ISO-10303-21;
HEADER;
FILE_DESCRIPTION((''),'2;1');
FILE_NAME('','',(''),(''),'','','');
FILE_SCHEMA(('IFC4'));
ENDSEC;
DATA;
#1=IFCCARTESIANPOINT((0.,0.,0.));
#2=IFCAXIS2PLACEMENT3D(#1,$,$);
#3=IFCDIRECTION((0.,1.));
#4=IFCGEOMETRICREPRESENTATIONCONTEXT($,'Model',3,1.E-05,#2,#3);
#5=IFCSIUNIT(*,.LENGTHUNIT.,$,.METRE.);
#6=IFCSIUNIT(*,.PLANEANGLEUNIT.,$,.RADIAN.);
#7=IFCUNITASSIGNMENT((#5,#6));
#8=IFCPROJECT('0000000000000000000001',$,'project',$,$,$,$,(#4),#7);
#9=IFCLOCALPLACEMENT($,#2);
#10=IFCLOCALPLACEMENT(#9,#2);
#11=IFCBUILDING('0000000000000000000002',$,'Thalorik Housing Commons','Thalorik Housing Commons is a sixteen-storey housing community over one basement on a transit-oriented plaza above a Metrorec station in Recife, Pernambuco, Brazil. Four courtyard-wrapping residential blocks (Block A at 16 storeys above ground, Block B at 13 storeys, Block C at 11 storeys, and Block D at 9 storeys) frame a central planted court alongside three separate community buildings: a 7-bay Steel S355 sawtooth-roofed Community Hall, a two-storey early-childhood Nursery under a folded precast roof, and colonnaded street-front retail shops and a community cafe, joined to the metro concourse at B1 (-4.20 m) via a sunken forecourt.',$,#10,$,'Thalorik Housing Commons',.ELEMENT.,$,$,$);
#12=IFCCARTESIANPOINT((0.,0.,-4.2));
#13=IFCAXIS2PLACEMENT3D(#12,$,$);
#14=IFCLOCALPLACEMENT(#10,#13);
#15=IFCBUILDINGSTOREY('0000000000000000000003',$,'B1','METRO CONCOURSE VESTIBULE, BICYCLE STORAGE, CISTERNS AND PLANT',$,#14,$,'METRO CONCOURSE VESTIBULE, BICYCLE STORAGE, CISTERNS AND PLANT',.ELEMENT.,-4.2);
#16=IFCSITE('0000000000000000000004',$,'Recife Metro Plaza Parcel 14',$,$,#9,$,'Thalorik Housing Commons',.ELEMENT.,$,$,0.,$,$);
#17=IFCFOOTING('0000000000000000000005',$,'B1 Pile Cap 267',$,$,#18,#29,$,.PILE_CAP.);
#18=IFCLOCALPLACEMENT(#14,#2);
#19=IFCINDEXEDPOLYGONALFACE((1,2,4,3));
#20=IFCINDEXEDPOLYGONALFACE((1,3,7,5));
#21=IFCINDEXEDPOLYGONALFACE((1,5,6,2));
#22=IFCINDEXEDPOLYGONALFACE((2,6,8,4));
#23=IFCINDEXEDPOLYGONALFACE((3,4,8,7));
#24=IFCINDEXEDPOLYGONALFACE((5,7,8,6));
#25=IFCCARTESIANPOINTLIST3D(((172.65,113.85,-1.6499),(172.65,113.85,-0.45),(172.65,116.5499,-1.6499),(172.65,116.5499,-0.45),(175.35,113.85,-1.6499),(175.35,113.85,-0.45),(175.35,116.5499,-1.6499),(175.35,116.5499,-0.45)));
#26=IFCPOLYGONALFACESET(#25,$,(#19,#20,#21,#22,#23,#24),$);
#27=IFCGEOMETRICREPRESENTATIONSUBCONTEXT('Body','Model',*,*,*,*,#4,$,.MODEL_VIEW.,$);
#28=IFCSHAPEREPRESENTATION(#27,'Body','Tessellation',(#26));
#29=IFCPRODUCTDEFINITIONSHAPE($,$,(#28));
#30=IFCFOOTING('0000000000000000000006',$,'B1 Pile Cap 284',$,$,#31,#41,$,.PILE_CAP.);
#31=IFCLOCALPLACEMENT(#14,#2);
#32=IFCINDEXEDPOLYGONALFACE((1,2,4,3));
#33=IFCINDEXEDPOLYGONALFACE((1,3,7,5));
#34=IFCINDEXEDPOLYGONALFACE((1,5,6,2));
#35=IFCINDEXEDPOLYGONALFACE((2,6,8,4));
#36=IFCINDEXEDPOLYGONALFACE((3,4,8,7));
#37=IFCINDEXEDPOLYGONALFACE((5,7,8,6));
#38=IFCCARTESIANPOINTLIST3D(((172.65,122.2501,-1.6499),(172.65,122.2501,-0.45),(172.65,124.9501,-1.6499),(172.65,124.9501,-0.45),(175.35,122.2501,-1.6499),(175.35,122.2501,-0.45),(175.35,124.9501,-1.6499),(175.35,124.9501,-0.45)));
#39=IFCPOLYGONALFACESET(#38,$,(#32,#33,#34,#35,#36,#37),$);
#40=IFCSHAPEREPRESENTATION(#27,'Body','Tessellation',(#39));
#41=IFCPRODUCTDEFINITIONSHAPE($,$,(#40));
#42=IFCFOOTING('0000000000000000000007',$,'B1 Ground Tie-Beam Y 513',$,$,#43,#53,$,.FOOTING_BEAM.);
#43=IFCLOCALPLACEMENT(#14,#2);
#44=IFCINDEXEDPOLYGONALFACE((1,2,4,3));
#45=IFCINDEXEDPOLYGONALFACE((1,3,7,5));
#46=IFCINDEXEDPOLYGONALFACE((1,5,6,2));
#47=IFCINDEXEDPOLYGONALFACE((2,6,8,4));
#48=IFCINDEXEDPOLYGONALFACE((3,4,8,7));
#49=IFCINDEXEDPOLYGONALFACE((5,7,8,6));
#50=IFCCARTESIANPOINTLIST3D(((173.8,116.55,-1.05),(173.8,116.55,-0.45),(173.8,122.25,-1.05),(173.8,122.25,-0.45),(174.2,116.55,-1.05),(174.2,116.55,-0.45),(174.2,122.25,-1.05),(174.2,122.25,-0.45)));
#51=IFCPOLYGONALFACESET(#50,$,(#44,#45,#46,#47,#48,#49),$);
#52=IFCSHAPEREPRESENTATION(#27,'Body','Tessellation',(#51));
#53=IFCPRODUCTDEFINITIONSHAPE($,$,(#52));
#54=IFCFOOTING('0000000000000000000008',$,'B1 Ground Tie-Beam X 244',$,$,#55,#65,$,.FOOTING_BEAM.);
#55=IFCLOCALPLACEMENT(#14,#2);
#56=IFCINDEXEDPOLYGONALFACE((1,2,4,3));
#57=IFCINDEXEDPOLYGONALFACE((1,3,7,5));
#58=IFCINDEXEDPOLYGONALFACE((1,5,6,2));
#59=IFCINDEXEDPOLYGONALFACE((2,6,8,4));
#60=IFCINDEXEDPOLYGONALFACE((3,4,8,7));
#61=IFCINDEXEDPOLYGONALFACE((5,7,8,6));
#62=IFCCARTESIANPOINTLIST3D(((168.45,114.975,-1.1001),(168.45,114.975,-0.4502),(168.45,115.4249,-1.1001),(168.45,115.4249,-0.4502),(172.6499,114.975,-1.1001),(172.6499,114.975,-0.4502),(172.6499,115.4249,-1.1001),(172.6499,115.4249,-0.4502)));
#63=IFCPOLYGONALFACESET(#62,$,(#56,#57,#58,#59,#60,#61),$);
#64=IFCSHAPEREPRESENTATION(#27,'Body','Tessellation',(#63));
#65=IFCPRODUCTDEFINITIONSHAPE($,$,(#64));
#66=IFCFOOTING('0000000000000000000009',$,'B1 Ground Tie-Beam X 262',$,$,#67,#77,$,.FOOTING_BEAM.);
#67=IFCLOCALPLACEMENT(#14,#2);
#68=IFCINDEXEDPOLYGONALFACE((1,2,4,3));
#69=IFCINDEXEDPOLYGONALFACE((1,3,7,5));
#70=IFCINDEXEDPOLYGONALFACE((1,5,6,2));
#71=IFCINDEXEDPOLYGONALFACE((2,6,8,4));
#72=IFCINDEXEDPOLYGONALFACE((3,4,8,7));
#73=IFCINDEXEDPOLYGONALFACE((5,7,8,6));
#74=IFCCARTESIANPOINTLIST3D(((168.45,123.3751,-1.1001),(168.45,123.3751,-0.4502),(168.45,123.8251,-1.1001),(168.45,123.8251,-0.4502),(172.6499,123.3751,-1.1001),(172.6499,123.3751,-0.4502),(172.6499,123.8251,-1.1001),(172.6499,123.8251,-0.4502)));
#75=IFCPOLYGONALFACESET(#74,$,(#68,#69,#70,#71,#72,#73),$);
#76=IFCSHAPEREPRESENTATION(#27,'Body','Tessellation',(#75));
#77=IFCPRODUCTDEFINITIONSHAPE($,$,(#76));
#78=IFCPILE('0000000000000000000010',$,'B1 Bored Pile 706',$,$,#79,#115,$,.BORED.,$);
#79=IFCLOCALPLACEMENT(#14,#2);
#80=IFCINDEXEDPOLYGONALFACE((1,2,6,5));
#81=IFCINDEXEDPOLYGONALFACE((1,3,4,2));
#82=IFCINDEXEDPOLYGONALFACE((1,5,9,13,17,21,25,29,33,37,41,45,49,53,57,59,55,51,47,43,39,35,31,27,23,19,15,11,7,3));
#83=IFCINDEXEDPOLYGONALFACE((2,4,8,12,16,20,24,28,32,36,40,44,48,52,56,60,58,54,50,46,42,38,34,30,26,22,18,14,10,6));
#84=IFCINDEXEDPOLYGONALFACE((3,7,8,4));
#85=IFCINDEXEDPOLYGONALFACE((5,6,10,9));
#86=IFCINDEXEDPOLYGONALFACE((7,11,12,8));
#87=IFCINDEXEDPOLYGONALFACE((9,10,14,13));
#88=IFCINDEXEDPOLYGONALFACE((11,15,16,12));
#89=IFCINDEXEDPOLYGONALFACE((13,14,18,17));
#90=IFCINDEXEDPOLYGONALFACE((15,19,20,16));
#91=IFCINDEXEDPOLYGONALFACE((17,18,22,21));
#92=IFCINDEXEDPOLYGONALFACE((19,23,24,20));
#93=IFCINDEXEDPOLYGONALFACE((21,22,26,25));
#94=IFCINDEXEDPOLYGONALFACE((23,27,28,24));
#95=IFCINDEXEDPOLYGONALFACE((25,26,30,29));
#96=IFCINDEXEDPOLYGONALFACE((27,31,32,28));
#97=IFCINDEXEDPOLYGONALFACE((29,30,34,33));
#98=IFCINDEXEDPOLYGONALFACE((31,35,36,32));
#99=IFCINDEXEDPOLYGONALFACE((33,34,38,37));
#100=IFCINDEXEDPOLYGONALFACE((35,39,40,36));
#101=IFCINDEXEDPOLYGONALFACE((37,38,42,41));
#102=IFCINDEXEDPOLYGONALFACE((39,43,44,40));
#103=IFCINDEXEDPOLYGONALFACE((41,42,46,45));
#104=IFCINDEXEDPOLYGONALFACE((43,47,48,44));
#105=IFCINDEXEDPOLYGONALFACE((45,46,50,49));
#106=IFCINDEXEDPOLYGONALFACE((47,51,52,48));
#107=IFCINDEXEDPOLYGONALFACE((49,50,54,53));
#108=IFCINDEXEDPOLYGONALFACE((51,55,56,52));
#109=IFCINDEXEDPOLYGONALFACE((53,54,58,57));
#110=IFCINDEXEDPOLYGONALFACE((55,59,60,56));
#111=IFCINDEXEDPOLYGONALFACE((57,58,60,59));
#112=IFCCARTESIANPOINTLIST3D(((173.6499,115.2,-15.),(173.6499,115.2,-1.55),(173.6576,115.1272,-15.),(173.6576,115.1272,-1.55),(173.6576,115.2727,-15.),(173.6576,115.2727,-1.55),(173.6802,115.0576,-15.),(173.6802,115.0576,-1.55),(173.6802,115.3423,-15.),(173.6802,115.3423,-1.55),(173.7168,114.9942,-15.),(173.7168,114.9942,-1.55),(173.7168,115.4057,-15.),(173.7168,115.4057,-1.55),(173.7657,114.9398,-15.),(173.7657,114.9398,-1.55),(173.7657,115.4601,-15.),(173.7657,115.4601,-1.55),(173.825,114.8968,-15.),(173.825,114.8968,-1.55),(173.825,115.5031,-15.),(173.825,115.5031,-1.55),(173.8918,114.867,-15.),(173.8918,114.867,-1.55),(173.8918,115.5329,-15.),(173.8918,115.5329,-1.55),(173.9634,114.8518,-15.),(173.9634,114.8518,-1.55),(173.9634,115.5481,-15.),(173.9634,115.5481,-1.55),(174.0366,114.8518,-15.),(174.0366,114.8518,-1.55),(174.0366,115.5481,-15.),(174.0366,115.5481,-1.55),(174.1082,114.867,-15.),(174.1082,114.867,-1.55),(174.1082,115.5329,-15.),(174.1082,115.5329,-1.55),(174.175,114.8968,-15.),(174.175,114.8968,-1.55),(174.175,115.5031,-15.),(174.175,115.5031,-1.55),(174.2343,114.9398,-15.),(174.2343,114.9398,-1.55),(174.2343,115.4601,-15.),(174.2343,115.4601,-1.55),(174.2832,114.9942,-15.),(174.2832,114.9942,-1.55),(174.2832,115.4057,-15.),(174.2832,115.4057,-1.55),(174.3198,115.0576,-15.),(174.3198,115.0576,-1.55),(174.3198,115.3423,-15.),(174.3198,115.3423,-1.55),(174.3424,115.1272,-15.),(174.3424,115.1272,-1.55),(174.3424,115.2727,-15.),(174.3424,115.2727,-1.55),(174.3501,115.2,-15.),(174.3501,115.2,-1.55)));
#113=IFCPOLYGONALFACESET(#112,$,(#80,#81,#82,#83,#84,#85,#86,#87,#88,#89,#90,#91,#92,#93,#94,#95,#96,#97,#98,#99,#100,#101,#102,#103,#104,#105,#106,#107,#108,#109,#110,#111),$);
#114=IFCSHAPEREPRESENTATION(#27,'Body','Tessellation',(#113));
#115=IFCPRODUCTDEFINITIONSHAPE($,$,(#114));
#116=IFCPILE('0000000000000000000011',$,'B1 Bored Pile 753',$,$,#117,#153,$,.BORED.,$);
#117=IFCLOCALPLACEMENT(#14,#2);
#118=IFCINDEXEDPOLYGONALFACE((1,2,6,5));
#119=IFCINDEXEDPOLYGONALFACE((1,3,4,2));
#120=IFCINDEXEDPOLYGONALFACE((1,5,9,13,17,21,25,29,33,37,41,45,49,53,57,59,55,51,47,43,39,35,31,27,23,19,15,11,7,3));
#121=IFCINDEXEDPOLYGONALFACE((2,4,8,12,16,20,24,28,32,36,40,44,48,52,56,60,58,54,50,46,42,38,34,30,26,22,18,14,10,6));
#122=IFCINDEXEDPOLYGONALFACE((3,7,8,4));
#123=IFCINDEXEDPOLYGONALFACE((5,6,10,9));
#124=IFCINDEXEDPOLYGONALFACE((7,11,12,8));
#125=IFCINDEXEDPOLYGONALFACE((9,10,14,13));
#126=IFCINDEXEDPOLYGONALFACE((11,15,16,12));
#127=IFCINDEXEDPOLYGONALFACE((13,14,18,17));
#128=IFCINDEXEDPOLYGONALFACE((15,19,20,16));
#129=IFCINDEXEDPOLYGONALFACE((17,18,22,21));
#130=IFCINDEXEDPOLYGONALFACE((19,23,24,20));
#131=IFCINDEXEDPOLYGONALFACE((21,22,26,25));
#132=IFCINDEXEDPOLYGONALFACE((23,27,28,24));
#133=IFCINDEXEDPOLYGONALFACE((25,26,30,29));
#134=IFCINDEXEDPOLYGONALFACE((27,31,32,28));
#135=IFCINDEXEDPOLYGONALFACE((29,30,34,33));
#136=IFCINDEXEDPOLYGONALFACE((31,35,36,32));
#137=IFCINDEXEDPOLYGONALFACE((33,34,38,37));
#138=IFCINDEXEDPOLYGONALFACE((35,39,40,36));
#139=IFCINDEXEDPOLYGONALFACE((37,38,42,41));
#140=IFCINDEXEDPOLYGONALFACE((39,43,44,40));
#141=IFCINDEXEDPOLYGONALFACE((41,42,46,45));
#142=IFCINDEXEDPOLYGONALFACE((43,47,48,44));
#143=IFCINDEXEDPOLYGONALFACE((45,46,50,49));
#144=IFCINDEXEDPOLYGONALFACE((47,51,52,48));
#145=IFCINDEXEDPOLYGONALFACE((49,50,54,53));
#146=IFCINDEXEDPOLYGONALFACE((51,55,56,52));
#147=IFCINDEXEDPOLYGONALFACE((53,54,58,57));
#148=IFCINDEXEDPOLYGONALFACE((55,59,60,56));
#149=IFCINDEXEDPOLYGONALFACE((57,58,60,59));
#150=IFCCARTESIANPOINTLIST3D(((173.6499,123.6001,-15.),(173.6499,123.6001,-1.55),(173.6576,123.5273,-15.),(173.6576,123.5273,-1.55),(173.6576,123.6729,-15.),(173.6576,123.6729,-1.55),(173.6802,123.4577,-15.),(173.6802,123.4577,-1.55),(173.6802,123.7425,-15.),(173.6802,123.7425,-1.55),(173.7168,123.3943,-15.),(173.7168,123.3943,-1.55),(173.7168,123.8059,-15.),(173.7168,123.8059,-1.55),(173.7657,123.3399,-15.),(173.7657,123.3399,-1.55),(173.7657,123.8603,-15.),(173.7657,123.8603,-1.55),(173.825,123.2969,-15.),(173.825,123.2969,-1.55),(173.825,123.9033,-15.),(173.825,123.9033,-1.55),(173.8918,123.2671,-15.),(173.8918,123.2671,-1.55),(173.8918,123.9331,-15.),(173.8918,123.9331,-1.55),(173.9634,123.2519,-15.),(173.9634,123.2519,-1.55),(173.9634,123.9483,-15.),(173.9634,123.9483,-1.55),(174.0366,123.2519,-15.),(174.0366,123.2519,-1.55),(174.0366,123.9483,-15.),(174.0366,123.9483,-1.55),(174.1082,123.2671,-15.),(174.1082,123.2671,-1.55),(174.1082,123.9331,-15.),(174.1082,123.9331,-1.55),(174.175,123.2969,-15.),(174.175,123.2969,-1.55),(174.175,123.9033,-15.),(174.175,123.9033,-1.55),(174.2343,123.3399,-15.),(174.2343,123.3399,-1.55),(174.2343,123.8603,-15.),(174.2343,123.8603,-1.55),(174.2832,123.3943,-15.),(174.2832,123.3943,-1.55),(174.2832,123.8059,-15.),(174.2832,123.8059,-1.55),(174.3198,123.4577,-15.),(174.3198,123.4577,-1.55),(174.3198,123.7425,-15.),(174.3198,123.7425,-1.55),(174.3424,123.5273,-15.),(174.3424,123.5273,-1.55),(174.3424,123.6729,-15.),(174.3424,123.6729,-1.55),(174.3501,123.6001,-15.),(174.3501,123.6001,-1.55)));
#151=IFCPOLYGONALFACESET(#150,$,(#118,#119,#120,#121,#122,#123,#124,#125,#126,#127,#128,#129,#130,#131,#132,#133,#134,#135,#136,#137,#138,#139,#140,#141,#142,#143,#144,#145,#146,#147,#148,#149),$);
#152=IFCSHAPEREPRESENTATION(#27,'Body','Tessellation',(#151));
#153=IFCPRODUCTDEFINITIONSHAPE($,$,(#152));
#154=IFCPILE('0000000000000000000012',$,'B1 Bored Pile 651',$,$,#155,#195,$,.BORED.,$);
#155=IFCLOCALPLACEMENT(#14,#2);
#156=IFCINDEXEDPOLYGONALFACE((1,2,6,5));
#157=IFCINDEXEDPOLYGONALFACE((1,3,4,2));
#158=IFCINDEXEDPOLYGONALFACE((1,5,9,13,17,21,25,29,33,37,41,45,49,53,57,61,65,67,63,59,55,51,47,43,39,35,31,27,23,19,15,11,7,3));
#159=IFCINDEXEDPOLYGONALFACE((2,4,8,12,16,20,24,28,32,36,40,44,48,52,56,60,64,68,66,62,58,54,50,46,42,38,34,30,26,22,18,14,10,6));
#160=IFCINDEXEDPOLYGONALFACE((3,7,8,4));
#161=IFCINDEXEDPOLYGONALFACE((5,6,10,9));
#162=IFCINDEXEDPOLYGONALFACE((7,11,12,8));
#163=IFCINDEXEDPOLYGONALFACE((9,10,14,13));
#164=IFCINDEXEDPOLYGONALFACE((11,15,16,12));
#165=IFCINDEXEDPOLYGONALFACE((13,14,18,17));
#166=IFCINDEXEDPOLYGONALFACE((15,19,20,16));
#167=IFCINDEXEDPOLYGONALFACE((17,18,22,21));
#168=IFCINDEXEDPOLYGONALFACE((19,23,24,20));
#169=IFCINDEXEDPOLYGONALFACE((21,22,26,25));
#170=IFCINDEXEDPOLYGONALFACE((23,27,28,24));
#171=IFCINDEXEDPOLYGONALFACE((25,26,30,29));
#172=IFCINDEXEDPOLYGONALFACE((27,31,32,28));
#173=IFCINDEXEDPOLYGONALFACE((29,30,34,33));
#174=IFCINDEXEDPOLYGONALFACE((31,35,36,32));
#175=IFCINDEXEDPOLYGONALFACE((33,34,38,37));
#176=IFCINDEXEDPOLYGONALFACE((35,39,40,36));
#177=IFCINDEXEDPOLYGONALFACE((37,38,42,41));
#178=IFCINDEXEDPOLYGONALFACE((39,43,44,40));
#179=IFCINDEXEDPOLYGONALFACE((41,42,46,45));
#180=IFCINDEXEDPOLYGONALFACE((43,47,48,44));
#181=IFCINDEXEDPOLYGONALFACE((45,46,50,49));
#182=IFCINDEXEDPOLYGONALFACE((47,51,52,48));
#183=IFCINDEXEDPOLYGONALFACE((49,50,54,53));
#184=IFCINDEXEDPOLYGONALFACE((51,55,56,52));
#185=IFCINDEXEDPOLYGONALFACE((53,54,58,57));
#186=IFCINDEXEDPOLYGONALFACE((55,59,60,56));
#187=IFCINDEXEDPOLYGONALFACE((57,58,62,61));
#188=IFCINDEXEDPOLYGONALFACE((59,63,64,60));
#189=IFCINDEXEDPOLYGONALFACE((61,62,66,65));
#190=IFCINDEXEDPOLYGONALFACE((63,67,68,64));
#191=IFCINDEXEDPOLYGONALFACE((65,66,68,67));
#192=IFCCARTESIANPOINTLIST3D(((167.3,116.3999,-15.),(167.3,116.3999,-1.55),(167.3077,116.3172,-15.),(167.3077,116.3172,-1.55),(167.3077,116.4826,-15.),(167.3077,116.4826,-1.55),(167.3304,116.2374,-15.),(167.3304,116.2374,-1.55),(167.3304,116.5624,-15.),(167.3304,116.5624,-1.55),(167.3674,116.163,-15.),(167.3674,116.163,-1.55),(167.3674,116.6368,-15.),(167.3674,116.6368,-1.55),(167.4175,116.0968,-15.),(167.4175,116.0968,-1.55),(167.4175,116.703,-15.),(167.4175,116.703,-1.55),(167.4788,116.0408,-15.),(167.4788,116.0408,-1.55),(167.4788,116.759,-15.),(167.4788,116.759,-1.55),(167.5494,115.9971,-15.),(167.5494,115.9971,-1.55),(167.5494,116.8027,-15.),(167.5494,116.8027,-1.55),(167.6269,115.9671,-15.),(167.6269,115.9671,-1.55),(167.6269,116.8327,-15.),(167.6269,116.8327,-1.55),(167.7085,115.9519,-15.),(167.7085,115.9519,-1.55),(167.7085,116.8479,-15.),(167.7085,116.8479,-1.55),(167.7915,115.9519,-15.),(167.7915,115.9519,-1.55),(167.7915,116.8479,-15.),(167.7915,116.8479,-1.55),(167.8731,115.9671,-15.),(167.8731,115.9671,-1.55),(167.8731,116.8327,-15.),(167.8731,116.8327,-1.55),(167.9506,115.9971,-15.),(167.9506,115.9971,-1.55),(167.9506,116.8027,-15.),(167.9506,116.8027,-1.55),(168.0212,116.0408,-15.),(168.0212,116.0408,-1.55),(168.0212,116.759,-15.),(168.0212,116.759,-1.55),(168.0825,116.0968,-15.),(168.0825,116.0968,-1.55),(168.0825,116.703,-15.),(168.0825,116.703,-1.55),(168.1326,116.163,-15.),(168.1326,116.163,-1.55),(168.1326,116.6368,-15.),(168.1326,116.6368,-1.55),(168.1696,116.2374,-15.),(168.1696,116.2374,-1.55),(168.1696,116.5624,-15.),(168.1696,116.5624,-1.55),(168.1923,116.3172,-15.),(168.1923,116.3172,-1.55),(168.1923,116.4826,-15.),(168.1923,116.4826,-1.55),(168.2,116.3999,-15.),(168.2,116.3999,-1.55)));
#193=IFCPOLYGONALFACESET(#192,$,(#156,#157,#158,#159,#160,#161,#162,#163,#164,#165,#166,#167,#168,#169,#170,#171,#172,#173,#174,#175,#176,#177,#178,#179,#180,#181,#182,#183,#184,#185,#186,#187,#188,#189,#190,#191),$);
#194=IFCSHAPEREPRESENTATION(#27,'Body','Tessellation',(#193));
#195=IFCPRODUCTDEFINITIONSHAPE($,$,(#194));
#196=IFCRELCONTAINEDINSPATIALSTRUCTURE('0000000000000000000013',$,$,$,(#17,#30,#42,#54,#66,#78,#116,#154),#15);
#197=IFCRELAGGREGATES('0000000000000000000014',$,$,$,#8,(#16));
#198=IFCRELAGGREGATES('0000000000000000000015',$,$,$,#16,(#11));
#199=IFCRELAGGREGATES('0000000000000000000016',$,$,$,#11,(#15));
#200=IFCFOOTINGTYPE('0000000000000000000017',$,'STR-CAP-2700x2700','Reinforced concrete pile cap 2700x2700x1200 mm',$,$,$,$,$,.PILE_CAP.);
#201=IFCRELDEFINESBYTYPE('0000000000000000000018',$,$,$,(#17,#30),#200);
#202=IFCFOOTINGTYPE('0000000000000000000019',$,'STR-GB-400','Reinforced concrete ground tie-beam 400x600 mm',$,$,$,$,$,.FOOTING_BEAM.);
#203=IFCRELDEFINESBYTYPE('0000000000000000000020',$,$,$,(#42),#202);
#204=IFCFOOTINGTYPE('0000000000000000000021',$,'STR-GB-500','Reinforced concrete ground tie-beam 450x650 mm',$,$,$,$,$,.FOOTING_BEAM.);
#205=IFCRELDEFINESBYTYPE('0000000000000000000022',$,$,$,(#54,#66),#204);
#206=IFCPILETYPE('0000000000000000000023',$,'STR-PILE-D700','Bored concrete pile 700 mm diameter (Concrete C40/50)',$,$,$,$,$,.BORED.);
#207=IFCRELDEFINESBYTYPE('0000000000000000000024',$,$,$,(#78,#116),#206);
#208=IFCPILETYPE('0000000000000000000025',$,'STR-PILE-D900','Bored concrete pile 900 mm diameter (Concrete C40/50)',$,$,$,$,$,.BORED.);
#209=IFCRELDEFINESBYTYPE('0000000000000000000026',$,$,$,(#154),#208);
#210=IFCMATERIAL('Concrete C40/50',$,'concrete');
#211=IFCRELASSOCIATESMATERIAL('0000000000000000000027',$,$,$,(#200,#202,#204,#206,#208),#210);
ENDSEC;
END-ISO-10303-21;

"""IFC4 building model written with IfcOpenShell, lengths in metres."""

from ifc_helpers import new_model, si_unit, direction, frame, origin, origin_2d, place, context, subcontext, project, spatial, rectangle, circle, extrude, material, material_profile, profile_set, type_object, element, save


model = new_model("IFC4")

# Units and contexts
model_context = context("Model", 3, precision=1e-05, world=origin(), true_north=direction((0.0, 1.0)))
body_context = subcontext(model_context, "Body", "Model", "MODEL_VIEW")
ifc_project = project(units=[si_unit("LENGTHUNIT", "METRE"), si_unit("PLANEANGLEUNIT", "RADIAN")], contexts=[model_context])

# Site, building, storey
site_placement = place(None, origin())
site = spatial("IfcSite", under=ifc_project, at=site_placement, Name="Recife Metro Plaza Parcel 14", LongName="Thalorik Housing Commons", CompositionType="ELEMENT", RefElevation=0.0)
building_placement = place(site_placement, origin())
building = spatial("IfcBuilding", under=site, at=building_placement, Name="Thalorik Housing Commons", Description="Thalorik Housing Commons is a sixteen-storey housing community over one basement on a transit-oriented plaza above a Metrorec station in Recife, Pernambuco, Brazil. Four courtyard-wrapping residential blocks (Block A at 16 storeys above ground, Block B at 13 storeys, Block C at 11 storeys, and Block D at 9 storeys) frame a central planted court alongside three separate community buildings: a 7-bay Steel S355 sawtooth-roofed Community Hall, a two-storey early-childhood Nursery under a folded precast roof, and colonnaded street-front retail shops and a community cafe, joined to the metro concourse at B1 (-4.20 m) via a sunken forecourt.", LongName="Thalorik Housing Commons", CompositionType="ELEMENT")
storey_placement = place(building_placement, frame((0.0, 0.0, -4.2)))
storey = spatial("IfcBuildingStorey", under=building, at=storey_placement, Name="B1", Description="METRO CONCOURSE VESTIBULE, BICYCLE STORAGE, CISTERNS AND PLANT", LongName="METRO CONCOURSE VESTIBULE, BICYCLE STORAGE, CISTERNS AND PLANT", CompositionType="ELEMENT", Elevation=-4.2)

# Footings
ifc_material_1 = material(Name="Concrete C40/50", Category="concrete")
footing_type_1 = type_object("IfcFootingType", Name="STR-CAP-2700x2700", Description="Reinforced concrete pile cap 2700x2700x1200 mm", PredefinedType="PILE_CAP", material=ifc_material_1)
for number, where, z_axis, x_axis, name in (
    (1, (174.0, 115.2, -1.6499), (0.0, 0.0, 1.0), (1.0, 0.0, 0.0), "B1 Pile Cap 267"),
    (2, (174.0, 123.6001, -1.6499), (0.0, 0.0, 1.0), (1.0, 0.0, 0.0), "B1 Pile Cap 284"),
):
    element("IfcFooting", number, at=place(storey_placement, frame(where, z_axis=z_axis, x_axis=x_axis)), inside=storey, type_object=footing_type_1, Name=name, PredefinedType="PILE_CAP", context=body_context, shape_type="SweptSolid", body=[
        extrude(rectangle(XDim=2.7, YDim=2.7, at=origin_2d()), origin(), (0.0, 0.0, 1.0), 1.2),
    ])
ifc_material_profile_1 = material_profile(ifc_material_1, rectangle(XDim=0.3999, YDim=0.6001, at=origin_2d()), Name="RC 400x600", Category="concrete")
ifc_profile_set_1 = profile_set([ifc_material_profile_1], Name="Concrete C40/50")
footing_type_2 = type_object("IfcFootingType", Name="STR-GB-400", Description="Reinforced concrete ground tie-beam 400x600 mm", PredefinedType="FOOTING_BEAM", material=ifc_profile_set_1)
footing_placement = place(storey_placement, frame((174.0, 116.55, -0.75), z_axis=(0.0, 1.0, 0.0), x_axis=(-1.0, 0.0, 0.0)))
element("IfcFooting", 3, at=footing_placement, inside=storey, type_object=footing_type_2, Name="B1 Ground Tie-Beam Y 513", PredefinedType="FOOTING_BEAM", context=body_context, shape_type="SweptSolid", body=[
    extrude(rectangle(XDim=0.3999, YDim=0.6001, at=origin_2d()), origin(), (0.0, 0.0, 1.0), 5.7),
])
ifc_material_profile_2 = material_profile(ifc_material_1, rectangle(XDim=0.45, YDim=0.6499, at=origin_2d()), Name="RC 450x650", Category="concrete")
ifc_profile_set_2 = profile_set([ifc_material_profile_2], Name="Concrete C40/50")
footing_type_3 = type_object("IfcFootingType", Name="STR-GB-500", Description="Reinforced concrete ground tie-beam 450x650 mm", PredefinedType="FOOTING_BEAM", material=ifc_profile_set_2)
for number, where, z_axis, x_axis, name in (
    (4, (168.45, 115.2, -0.7751), (1.0, 0.0, 0.0), (0.0, 1.0, 0.0), "B1 Ground Tie-Beam X 244"),
    (5, (168.45, 123.6001, -0.7751), (1.0, 0.0, 0.0), (0.0, 1.0, 0.0), "B1 Ground Tie-Beam X 262"),
):
    element("IfcFooting", number, at=place(storey_placement, frame(where, z_axis=z_axis, x_axis=x_axis)), inside=storey, type_object=footing_type_3, Name=name, PredefinedType="FOOTING_BEAM", context=body_context, shape_type="SweptSolid", body=[
        extrude(rectangle(XDim=0.45, YDim=0.6499, at=origin_2d()), origin(), (0.0, 0.0, 1.0), 4.2),
    ])

# Piles
ifc_material_profile_3 = material_profile(ifc_material_1, circle(Radius=0.3501, at=origin_2d()), Name="BORED PILE D700", Category="concrete")
ifc_profile_set_3 = profile_set([ifc_material_profile_3], Name="Concrete C40/50")
pile_type_1 = type_object("IfcPileType", Name="STR-PILE-D700", Description="Bored concrete pile 700 mm diameter (Concrete C40/50)", PredefinedType="BORED", material=ifc_profile_set_3)
for number, where, z_axis, x_axis, name in (
    (6, (174.0, 115.2, -1.55), (0.0, 0.0, -1.0), (1.0, 0.0, 0.0), "B1 Bored Pile 706"),
    (7, (174.0, 123.6001, -1.55), (0.0, 0.0, -1.0), (1.0, 0.0, 0.0), "B1 Bored Pile 753"),
):
    element("IfcPile", number, at=place(storey_placement, frame(where, z_axis=z_axis, x_axis=x_axis)), inside=storey, type_object=pile_type_1, Name=name, PredefinedType="BORED", context=body_context, shape_type="SweptSolid", body=[
        extrude(circle(Radius=0.3501, at=origin_2d()), origin(), (0.0, 0.0, 1.0), 13.45),
    ])
ifc_material_profile_4 = material_profile(ifc_material_1, circle(Radius=0.45, at=origin_2d()), Name="BORED PILE D900", Category="concrete")
ifc_profile_set_4 = profile_set([ifc_material_profile_4], Name="Concrete C40/50")
pile_type_2 = type_object("IfcPileType", Name="STR-PILE-D900", Description="Bored concrete pile 900 mm diameter (Concrete C40/50)", PredefinedType="BORED", material=ifc_profile_set_4)
for number, where, z_axis, x_axis, name in (
    (8, (167.75, 116.3999, -1.55), (0.0, 0.0, -1.0), (1.0, 0.0, 0.0), "B1 Bored Pile 651"),
):
    element("IfcPile", number, at=place(storey_placement, frame(where, z_axis=z_axis, x_axis=x_axis)), inside=storey, type_object=pile_type_2, Name=name, PredefinedType="BORED", context=body_context, shape_type="SweptSolid", body=[
        extrude(circle(Radius=0.45, at=origin_2d()), origin(), (0.0, 0.0, 1.0), 13.45),
    ])

save(model, "model.ifc")
